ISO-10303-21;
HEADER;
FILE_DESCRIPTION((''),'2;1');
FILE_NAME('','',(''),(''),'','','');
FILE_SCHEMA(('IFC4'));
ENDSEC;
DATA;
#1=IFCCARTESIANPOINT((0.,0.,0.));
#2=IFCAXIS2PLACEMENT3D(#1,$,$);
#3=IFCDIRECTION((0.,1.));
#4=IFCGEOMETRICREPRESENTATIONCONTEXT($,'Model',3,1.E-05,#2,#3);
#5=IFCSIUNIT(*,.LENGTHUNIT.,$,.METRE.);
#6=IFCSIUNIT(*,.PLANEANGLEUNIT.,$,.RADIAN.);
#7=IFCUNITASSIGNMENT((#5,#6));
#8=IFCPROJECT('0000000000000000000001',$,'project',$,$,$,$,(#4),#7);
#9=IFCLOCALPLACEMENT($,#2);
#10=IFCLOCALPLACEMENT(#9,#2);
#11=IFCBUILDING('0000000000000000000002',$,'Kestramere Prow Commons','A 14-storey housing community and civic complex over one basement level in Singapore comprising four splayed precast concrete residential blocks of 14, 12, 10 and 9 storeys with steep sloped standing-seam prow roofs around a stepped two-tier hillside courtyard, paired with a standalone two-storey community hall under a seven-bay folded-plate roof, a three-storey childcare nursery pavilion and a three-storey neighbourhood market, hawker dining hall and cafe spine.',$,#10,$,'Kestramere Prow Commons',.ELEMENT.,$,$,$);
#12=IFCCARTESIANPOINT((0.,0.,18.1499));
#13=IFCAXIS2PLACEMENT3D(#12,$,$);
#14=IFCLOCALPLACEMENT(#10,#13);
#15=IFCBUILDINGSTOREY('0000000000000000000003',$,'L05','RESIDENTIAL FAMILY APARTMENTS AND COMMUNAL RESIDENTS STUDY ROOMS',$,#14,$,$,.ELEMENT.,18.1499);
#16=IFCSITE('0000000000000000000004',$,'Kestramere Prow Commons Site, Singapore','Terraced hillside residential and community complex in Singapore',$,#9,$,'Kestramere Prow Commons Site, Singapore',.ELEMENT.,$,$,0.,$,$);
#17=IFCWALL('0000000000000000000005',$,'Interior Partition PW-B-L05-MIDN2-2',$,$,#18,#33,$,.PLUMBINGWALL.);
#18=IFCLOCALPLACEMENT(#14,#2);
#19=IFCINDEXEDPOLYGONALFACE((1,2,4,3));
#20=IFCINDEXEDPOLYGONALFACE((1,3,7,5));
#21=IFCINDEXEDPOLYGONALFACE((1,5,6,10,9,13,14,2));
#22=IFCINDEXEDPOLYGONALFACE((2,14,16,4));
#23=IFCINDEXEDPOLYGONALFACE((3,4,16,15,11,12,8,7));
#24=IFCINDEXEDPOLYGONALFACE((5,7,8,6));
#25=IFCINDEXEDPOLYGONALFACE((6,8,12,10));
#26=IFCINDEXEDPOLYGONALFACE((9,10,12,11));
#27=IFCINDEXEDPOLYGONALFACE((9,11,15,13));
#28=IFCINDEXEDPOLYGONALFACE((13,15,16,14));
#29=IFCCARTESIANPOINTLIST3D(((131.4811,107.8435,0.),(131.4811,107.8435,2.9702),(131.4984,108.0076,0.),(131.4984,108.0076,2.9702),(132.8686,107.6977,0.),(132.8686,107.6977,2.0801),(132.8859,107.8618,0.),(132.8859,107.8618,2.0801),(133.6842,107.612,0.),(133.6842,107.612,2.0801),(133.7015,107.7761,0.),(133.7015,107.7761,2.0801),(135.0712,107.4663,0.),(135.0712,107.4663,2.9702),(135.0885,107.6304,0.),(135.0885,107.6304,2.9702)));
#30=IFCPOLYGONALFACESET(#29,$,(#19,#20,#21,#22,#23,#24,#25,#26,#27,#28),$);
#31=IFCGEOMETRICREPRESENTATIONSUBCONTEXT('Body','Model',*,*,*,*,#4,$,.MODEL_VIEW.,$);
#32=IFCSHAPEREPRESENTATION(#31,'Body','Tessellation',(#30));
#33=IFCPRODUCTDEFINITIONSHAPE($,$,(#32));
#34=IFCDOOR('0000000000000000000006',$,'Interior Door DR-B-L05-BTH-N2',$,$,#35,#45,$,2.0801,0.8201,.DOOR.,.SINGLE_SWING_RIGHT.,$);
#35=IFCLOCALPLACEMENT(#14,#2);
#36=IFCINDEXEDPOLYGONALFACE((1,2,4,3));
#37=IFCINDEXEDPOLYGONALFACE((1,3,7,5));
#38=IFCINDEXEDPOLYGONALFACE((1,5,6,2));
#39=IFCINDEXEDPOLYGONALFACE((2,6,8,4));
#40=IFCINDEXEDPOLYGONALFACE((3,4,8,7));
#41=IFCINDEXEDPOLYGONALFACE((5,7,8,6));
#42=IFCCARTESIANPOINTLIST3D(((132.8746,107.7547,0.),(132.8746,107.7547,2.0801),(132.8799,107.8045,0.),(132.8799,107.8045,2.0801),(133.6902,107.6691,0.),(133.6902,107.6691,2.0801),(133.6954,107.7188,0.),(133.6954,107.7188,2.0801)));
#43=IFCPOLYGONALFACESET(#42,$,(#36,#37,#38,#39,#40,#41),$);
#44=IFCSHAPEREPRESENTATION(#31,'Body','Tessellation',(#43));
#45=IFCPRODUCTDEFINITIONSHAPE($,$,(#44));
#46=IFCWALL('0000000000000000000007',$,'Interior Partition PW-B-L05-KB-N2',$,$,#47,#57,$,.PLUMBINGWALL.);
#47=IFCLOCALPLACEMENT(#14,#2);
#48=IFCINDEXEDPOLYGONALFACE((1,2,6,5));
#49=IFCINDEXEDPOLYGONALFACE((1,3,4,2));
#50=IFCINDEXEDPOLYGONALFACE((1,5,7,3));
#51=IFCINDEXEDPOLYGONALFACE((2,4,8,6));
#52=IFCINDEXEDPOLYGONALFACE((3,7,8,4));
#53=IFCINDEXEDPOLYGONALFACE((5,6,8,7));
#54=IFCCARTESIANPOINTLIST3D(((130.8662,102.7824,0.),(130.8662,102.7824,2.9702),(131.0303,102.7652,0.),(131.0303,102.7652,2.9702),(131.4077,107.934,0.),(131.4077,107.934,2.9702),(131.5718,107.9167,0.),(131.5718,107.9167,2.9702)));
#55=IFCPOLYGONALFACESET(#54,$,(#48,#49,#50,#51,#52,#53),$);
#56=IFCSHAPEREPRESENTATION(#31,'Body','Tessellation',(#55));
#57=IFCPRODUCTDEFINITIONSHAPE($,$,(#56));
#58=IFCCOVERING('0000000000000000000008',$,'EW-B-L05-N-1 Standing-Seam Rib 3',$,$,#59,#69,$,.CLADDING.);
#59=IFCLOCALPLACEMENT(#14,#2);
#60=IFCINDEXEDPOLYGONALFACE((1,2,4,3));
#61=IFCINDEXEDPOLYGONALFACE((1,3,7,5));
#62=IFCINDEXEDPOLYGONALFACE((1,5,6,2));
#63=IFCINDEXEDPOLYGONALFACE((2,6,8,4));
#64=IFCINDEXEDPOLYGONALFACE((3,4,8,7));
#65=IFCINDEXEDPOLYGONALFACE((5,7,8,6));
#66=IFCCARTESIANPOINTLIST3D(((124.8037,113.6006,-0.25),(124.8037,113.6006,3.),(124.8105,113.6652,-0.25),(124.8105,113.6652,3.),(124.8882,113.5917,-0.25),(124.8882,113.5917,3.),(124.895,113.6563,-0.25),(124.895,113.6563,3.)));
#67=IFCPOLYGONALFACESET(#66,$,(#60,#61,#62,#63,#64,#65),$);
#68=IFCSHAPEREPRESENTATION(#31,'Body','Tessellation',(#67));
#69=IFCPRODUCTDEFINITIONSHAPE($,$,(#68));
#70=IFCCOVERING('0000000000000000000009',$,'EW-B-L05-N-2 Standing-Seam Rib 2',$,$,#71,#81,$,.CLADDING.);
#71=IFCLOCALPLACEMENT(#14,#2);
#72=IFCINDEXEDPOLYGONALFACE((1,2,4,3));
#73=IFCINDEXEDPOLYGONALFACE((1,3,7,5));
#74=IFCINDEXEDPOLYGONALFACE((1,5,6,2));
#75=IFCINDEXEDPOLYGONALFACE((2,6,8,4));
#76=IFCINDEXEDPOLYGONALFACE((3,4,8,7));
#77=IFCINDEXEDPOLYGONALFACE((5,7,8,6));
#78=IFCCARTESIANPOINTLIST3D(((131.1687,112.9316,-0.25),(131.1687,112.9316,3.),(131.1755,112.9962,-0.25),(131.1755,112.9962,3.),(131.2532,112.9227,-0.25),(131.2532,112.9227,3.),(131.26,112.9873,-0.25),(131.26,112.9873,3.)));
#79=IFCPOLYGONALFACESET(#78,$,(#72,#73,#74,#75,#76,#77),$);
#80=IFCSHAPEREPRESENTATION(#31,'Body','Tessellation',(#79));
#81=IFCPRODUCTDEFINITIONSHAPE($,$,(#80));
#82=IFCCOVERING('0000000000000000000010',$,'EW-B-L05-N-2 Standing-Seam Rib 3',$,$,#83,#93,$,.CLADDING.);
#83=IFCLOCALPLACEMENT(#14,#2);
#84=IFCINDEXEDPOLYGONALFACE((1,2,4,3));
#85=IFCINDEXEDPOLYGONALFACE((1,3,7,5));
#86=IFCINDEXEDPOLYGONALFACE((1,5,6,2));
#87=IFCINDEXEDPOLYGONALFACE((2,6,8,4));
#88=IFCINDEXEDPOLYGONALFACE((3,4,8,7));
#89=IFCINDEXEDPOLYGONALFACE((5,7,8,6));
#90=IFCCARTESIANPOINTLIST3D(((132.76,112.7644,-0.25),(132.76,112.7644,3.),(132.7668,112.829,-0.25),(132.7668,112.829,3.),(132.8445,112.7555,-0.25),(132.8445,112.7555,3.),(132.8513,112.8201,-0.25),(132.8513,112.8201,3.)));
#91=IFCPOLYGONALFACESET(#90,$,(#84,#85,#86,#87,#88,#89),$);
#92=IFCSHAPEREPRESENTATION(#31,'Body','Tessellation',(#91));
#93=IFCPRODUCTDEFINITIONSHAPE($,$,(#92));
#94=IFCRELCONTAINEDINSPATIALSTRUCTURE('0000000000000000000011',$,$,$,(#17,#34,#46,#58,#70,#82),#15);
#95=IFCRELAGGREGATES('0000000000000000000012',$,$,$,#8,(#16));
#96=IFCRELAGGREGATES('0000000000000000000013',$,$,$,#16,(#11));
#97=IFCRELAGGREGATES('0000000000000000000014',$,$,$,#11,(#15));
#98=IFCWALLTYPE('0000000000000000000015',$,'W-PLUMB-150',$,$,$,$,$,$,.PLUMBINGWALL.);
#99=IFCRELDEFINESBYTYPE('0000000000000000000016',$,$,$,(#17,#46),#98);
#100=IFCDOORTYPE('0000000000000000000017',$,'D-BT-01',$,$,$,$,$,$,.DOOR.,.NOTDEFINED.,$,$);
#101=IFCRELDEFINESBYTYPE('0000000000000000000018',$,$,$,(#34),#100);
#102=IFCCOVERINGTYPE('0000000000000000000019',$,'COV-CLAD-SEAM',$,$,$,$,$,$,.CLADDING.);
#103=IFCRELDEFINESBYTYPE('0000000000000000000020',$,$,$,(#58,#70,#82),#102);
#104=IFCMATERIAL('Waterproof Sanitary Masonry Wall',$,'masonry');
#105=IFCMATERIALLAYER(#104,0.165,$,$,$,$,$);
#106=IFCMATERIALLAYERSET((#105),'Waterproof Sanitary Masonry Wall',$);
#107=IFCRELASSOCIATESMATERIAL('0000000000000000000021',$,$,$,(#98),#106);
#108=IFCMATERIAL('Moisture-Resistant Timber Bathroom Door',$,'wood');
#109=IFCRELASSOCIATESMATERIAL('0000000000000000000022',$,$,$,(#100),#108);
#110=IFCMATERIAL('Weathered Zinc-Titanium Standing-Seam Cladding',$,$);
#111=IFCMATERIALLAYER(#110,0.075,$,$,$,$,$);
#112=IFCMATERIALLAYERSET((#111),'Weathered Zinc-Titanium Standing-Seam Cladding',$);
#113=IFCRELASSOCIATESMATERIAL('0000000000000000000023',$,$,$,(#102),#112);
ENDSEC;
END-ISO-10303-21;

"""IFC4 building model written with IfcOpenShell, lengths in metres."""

from ifc_helpers import new_model, si_unit, direction, frame, frame_2d, origin, origin_2d, place, context, subcontext, project, spatial, rectangle, extrude, material, layer, layer_set, type_object, element, fill, save


model = new_model("IFC4")

# Units and contexts
model_context = context("Model", 3, precision=1e-05, world=origin(), true_north=direction((0.0, 1.0)))
body_context = subcontext(model_context, "Body", "Model", "MODEL_VIEW")
ifc_project = project(units=[si_unit("LENGTHUNIT", "METRE"), si_unit("PLANEANGLEUNIT", "RADIAN")], contexts=[model_context])

# Site, building, storey
site_placement = place(None, origin())
site = spatial("IfcSite", under=ifc_project, at=site_placement, Name="Kestramere Prow Commons Site, Singapore", Description="Terraced hillside residential and community complex in Singapore", LongName="Kestramere Prow Commons Site, Singapore", CompositionType="ELEMENT", RefElevation=0.0)
building_placement = place(site_placement, origin())
building = spatial("IfcBuilding", under=site, at=building_placement, Name="Kestramere Prow Commons", Description="A 14-storey housing community and civic complex over one basement level in Singapore comprising four splayed precast concrete residential blocks of 14, 12, 10 and 9 storeys with steep sloped standing-seam prow roofs around a stepped two-tier hillside courtyard, paired with a standalone two-storey community hall under a seven-bay folded-plate roof, a three-storey childcare nursery pavilion and a three-storey neighbourhood market, hawker dining hall and cafe spine.", LongName="Kestramere Prow Commons", CompositionType="ELEMENT")
storey_placement = place(building_placement, frame((0.0, 0.0, 18.1499)))
storey = spatial("IfcBuildingStorey", under=building, at=storey_placement, Name="L05", Description="RESIDENTIAL FAMILY APARTMENTS AND COMMUNAL RESIDENTS STUDY ROOMS", CompositionType="ELEMENT", Elevation=18.1499)

# Wall, opening, door
ifc_material_1 = material(Name="Waterproof Sanitary Masonry Wall", Category="masonry")
ifc_layer_1 = layer(ifc_material_1, 0.165)
ifc_layer_set_1 = layer_set([ifc_layer_1], Name="Waterproof Sanitary Masonry Wall")
wall_type_1 = type_object("IfcWallType", Name="W-PLUMB-150", PredefinedType="PLUMBINGWALL", material=ifc_layer_set_1)
ifc_material_2 = material(Name="Moisture-Resistant Timber Bathroom Door", Category="wood")
door_type_1 = type_object("IfcDoorType", Name="D-BT-01", OperationType="NOTDEFINED", PredefinedType="DOOR", material=ifc_material_2)
wall_1_placement = place(storey_placement, frame((131.4897, 107.9255, 0.0), z_axis=(0.0, 0.0, 1.0), x_axis=(0.994526, -0.104491, 0.0)))
wall_1 = element("IfcWall", 1, at=wall_1_placement, inside=storey, type_object=wall_type_1, Name="Interior Partition PW-B-L05-MIDN2-2", PredefinedType="PLUMBINGWALL", context=body_context, shape_type="SweptSolid", body=[
    extrude(rectangle(XDim=3.6099, YDim=0.165, at=frame_2d((1.8049, 0.0))), origin(), (0.0, 0.0, 1.0), 2.9702),
])
opening_1_placement = place(wall_1_placement, frame((1.395, 0.0, 0.0)))
opening_1 = element("IfcOpeningElement", 2, at=opening_1_placement, cuts=wall_1, PredefinedType="OPENING", context=body_context, shape_type="SweptSolid", body=[
    extrude(rectangle(XDim=0.8201, YDim=2.0801, at=frame_2d((0.4102, 1.04))), frame((0.0, 0.0974, 0.0), z_axis=(0.0, -1.0, 0.0), x_axis=(1.0, 0.0, 0.0)), (0.0, 0.0, 1.0), 0.1951),
])
door_1_placement = place(opening_1_placement, origin())
door_1 = element("IfcDoor", 3, at=door_1_placement, inside=storey, type_object=door_type_1, Name="Interior Door DR-B-L05-BTH-N2", OperationType="SINGLE_SWING_RIGHT", OverallHeight=2.0801, OverallWidth=0.8201, PredefinedType="DOOR", context=body_context, shape_type="SweptSolid", body=[
    extrude(rectangle(XDim=0.8201, YDim=2.0801, at=frame_2d((0.4102, 1.04))), frame((0.0, 0.0249, 0.0), z_axis=(0.0, -1.0, 0.0), x_axis=(1.0, 0.0, 0.0)), (0.0, 0.0, 1.0), 0.05),
])
fill(opening_1, door_1)

# Wall
wall_2_placement = place(storey_placement, frame((130.9482, 102.7739, 0.0), z_axis=(0.0, 0.0, 1.0), x_axis=(0.104538, 0.994521, 0.0)))
element("IfcWall", 4, at=wall_2_placement, inside=storey, type_object=wall_type_1, Name="Interior Partition PW-B-L05-KB-N2", PredefinedType="PLUMBINGWALL", context=body_context, shape_type="SweptSolid", body=[
    extrude(rectangle(XDim=5.1799, YDim=0.165, at=frame_2d((2.5898, 0.0))), origin(), (0.0, 0.0, 1.0), 2.9702),
])

# Coverings
ifc_material_3 = material(Name="Weathered Zinc-Titanium Standing-Seam Cladding")
ifc_layer_2 = layer(ifc_material_3, 0.075)
ifc_layer_set_2 = layer_set([ifc_layer_2], Name="Weathered Zinc-Titanium Standing-Seam Cladding")
covering_type = type_object("IfcCoveringType", Name="COV-CLAD-SEAM", PredefinedType="CLADDING", material=ifc_layer_set_2)
for number, where, z_axis, x_axis, name in (
    (5, (124.8494, 113.6284, -0.25), (0.0, 0.0, 1.0), (0.994522, -0.104528, 0.0), "EW-B-L05-N-1 Standing-Seam Rib 3"),
    (6, (131.2144, 112.9595, -0.25), (0.0, 0.0, 1.0), (0.994522, -0.104528, 0.0), "EW-B-L05-N-2 Standing-Seam Rib 2"),
    (7, (132.8057, 112.7922, -0.25), (0.0, 0.0, 1.0), (0.994522, -0.104528, 0.0), "EW-B-L05-N-2 Standing-Seam Rib 3"),
):
    element("IfcCovering", number, at=place(storey_placement, frame(where, z_axis=z_axis, x_axis=x_axis)), inside=storey, type_object=covering_type, Name=name, PredefinedType="CLADDING", context=body_context, shape_type="SweptSolid", body=[
        extrude(rectangle(XDim=0.085, YDim=0.0649, at=origin_2d()), origin(), (0.0, 0.0, 1.0), 3.25),
    ])

save(model, "model.ifc")
